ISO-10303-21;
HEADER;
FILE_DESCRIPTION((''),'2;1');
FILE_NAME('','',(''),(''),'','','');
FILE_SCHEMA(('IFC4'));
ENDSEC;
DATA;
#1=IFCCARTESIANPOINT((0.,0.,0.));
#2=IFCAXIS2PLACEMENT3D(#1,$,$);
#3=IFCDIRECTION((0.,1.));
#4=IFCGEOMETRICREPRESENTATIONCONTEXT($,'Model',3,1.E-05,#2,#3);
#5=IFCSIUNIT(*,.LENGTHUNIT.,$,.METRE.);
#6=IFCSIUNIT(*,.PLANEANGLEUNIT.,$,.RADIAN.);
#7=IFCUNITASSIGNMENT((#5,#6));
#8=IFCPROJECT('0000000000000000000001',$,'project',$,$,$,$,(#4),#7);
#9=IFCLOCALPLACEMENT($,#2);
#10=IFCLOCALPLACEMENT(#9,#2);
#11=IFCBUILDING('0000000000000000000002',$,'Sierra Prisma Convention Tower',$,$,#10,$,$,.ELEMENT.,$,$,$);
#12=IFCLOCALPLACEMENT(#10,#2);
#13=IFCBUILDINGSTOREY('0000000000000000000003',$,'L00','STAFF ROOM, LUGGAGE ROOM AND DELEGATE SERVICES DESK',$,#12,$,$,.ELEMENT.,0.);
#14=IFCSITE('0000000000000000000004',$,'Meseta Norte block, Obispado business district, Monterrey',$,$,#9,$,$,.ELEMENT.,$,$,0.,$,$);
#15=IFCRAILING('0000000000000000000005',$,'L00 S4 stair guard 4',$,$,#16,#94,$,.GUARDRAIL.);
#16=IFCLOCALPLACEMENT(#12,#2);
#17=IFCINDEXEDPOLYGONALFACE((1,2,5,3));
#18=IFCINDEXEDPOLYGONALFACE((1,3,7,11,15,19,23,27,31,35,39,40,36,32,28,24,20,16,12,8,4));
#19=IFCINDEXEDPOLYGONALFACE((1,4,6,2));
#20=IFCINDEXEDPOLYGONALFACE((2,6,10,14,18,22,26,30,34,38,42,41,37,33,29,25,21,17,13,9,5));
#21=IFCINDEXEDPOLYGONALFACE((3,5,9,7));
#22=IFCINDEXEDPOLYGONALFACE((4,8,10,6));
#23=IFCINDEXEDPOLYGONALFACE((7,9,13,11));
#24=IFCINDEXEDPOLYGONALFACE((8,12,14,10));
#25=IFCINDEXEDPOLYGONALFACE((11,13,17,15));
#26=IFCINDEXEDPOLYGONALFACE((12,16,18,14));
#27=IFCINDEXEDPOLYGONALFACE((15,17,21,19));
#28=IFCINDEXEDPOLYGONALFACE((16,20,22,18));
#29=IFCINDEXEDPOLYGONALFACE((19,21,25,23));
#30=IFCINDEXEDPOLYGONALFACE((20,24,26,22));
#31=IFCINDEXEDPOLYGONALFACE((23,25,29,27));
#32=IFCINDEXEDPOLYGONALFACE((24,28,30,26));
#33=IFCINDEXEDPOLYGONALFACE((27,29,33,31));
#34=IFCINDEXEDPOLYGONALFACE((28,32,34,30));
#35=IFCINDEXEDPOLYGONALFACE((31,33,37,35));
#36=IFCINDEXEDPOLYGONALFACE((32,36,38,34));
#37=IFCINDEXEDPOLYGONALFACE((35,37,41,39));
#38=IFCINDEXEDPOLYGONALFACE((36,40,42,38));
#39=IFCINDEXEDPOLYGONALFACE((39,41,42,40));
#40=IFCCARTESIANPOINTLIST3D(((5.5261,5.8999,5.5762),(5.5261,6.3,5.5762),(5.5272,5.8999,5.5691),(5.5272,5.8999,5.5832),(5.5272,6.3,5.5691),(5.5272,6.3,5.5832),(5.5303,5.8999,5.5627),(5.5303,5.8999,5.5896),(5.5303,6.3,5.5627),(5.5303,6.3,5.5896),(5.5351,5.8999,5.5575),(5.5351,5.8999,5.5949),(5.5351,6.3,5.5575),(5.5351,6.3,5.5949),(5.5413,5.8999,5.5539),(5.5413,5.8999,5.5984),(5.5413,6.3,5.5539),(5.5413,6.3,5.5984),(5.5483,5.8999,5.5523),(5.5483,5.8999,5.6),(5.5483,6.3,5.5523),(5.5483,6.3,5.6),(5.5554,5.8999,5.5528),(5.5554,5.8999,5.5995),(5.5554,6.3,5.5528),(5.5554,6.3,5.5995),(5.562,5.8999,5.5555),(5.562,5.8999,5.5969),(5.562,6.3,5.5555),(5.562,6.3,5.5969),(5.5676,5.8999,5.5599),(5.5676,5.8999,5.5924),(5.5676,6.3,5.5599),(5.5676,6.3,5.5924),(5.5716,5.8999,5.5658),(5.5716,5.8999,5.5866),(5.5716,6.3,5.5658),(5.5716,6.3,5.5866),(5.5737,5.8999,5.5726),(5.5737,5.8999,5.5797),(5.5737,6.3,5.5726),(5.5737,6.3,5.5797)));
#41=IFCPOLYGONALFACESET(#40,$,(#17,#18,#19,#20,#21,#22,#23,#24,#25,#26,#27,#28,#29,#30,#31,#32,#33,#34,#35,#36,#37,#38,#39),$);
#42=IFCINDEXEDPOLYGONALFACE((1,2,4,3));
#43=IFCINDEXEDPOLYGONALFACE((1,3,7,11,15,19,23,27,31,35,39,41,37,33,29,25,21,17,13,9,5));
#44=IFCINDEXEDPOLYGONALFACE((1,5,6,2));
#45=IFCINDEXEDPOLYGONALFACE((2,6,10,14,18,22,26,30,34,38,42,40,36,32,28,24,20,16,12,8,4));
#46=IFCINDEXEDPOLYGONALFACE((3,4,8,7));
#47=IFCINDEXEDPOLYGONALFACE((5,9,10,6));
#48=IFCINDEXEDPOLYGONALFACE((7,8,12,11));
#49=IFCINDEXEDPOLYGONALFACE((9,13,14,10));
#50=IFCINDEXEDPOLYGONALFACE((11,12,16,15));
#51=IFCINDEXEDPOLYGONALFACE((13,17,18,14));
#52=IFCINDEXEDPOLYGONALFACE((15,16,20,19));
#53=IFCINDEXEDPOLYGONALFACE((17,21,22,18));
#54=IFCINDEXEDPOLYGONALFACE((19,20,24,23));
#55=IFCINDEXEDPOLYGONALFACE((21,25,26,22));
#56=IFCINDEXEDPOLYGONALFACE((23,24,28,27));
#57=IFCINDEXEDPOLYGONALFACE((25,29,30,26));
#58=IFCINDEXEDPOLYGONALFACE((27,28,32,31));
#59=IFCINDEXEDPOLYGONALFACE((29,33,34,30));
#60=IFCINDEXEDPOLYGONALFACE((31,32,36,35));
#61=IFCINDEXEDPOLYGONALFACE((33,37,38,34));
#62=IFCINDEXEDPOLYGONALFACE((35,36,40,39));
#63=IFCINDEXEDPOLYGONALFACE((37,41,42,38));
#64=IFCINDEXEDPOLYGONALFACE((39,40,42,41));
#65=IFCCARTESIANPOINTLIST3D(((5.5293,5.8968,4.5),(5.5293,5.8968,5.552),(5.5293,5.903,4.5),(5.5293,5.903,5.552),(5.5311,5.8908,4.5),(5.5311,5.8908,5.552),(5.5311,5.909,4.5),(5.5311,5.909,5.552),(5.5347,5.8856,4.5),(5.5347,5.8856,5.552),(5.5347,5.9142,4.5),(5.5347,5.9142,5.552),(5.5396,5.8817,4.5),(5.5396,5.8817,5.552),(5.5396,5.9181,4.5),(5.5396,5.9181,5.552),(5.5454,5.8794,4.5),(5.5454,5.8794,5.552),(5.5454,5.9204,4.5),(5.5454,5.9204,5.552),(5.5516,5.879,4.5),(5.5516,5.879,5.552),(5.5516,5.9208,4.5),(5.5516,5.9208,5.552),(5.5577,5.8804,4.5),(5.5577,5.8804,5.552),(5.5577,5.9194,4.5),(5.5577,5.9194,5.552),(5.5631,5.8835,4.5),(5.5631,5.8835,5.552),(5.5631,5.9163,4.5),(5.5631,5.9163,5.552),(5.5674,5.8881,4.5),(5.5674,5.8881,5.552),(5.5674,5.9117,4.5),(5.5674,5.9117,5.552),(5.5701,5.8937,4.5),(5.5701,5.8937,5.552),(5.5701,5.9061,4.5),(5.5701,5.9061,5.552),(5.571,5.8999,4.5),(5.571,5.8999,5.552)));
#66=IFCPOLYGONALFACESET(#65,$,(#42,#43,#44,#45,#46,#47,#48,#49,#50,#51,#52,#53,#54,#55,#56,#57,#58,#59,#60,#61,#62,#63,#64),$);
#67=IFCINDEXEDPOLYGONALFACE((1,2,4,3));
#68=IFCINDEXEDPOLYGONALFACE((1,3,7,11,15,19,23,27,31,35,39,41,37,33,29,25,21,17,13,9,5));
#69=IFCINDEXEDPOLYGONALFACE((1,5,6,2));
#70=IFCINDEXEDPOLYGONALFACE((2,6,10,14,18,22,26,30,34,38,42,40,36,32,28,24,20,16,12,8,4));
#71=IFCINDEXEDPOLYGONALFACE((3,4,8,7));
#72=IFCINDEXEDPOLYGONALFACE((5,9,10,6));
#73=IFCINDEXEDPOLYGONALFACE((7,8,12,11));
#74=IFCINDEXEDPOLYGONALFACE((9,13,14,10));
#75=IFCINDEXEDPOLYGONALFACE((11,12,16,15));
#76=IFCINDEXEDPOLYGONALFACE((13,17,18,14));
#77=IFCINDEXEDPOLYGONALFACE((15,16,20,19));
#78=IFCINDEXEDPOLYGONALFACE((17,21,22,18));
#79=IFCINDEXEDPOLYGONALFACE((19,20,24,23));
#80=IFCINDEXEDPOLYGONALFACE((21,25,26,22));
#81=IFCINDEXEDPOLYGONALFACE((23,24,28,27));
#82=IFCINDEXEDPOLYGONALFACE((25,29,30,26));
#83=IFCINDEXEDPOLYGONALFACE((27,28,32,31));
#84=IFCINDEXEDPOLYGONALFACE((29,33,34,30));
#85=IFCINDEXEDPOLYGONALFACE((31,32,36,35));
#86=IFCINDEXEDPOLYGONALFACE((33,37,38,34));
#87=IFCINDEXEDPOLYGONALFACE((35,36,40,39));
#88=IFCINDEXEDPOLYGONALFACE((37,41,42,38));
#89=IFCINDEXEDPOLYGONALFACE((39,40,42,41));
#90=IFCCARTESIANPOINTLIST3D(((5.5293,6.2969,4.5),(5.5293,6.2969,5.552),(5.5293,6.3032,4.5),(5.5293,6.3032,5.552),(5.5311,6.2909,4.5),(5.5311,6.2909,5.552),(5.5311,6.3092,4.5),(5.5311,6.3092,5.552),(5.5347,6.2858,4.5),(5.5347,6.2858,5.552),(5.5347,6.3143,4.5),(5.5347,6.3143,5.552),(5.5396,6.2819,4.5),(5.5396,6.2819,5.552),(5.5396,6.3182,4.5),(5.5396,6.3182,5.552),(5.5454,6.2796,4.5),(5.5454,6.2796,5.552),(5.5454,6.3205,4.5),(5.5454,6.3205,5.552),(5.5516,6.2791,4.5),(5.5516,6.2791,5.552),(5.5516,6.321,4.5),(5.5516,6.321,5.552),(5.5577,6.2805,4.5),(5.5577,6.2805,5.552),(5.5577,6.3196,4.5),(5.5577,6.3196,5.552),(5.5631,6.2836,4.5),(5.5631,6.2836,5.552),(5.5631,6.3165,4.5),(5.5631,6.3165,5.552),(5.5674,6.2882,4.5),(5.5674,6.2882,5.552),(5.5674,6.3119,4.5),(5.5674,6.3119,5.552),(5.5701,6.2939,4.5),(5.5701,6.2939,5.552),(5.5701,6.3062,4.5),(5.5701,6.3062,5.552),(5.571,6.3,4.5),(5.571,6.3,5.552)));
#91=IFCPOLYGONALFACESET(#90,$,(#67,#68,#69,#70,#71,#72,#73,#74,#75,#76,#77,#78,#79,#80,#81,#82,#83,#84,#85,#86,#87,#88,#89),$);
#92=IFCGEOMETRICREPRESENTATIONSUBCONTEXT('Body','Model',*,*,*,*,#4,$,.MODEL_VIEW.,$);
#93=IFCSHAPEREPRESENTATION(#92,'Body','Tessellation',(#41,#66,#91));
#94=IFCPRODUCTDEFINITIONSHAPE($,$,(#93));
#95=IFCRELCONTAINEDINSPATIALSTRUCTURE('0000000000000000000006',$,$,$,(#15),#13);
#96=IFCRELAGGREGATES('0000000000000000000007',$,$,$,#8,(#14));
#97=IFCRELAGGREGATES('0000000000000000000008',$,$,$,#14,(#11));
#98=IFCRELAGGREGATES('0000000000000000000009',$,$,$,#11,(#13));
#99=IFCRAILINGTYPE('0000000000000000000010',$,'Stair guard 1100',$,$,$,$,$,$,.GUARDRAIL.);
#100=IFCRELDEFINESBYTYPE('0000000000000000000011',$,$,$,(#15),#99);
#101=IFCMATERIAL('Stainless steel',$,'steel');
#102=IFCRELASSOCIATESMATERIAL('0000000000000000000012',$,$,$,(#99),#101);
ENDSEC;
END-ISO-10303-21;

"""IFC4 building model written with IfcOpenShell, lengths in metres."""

from ifc_helpers import new_model, si_unit, direction, frame, origin, origin_2d, place, context, subcontext, project, spatial, circle, extrude, material, type_object, element, save


model = new_model("IFC4")

# Units and contexts
model_context = context("Model", 3, precision=1e-05, world=origin(), true_north=direction((0.0, 1.0)))
body_context = subcontext(model_context, "Body", "Model", "MODEL_VIEW")
ifc_project = project(units=[si_unit("LENGTHUNIT", "METRE"), si_unit("PLANEANGLEUNIT", "RADIAN")], contexts=[model_context])

# Site, building, storey
site_placement = place(None, origin())
site = spatial("IfcSite", under=ifc_project, at=site_placement, Name="Meseta Norte block, Obispado business district, Monterrey", CompositionType="ELEMENT", RefElevation=0.0)
building_placement = place(site_placement, origin())
building = spatial("IfcBuilding", under=site, at=building_placement, Name="Sierra Prisma Convention Tower", CompositionType="ELEMENT")
storey_placement = place(building_placement, origin())
storey = spatial("IfcBuildingStorey", under=building, at=storey_placement, Name="L00", Description="STAFF ROOM, LUGGAGE ROOM AND DELEGATE SERVICES DESK", CompositionType="ELEMENT", Elevation=0.0)

# Railing
ifc_material_1 = material(Name="Stainless steel", Category="steel")
railing_type_1 = type_object("IfcRailingType", Name="Stair guard 1100", PredefinedType="GUARDRAIL", material=ifc_material_1)
railing_1_placement = place(storey_placement, frame((5.55, 5.8999, 4.5)))
element("IfcRailing", 1, at=railing_1_placement, inside=storey, type_object=railing_type_1, Name="L00 S4 stair guard 4", PredefinedType="GUARDRAIL", context=body_context, shape_type="SweptSolid", body=[
    extrude(circle(Radius=0.0239, at=origin_2d()), frame((0.0, 0.0, 1.0762), z_axis=(0.0, 1.0, 0.0), x_axis=(-1.0, 0.0, 0.0)), (0.0, 0.0, 1.0), 0.4001),
    extrude(circle(Radius=0.021, at=origin_2d()), origin(), (0.0, 0.0, 1.0), 1.052),
    extrude(circle(Radius=0.021, at=origin_2d()), frame((0.0, 0.4001, 0.0)), (0.0, 0.0, 1.0), 1.052),
])

save(model, "model.ifc")
